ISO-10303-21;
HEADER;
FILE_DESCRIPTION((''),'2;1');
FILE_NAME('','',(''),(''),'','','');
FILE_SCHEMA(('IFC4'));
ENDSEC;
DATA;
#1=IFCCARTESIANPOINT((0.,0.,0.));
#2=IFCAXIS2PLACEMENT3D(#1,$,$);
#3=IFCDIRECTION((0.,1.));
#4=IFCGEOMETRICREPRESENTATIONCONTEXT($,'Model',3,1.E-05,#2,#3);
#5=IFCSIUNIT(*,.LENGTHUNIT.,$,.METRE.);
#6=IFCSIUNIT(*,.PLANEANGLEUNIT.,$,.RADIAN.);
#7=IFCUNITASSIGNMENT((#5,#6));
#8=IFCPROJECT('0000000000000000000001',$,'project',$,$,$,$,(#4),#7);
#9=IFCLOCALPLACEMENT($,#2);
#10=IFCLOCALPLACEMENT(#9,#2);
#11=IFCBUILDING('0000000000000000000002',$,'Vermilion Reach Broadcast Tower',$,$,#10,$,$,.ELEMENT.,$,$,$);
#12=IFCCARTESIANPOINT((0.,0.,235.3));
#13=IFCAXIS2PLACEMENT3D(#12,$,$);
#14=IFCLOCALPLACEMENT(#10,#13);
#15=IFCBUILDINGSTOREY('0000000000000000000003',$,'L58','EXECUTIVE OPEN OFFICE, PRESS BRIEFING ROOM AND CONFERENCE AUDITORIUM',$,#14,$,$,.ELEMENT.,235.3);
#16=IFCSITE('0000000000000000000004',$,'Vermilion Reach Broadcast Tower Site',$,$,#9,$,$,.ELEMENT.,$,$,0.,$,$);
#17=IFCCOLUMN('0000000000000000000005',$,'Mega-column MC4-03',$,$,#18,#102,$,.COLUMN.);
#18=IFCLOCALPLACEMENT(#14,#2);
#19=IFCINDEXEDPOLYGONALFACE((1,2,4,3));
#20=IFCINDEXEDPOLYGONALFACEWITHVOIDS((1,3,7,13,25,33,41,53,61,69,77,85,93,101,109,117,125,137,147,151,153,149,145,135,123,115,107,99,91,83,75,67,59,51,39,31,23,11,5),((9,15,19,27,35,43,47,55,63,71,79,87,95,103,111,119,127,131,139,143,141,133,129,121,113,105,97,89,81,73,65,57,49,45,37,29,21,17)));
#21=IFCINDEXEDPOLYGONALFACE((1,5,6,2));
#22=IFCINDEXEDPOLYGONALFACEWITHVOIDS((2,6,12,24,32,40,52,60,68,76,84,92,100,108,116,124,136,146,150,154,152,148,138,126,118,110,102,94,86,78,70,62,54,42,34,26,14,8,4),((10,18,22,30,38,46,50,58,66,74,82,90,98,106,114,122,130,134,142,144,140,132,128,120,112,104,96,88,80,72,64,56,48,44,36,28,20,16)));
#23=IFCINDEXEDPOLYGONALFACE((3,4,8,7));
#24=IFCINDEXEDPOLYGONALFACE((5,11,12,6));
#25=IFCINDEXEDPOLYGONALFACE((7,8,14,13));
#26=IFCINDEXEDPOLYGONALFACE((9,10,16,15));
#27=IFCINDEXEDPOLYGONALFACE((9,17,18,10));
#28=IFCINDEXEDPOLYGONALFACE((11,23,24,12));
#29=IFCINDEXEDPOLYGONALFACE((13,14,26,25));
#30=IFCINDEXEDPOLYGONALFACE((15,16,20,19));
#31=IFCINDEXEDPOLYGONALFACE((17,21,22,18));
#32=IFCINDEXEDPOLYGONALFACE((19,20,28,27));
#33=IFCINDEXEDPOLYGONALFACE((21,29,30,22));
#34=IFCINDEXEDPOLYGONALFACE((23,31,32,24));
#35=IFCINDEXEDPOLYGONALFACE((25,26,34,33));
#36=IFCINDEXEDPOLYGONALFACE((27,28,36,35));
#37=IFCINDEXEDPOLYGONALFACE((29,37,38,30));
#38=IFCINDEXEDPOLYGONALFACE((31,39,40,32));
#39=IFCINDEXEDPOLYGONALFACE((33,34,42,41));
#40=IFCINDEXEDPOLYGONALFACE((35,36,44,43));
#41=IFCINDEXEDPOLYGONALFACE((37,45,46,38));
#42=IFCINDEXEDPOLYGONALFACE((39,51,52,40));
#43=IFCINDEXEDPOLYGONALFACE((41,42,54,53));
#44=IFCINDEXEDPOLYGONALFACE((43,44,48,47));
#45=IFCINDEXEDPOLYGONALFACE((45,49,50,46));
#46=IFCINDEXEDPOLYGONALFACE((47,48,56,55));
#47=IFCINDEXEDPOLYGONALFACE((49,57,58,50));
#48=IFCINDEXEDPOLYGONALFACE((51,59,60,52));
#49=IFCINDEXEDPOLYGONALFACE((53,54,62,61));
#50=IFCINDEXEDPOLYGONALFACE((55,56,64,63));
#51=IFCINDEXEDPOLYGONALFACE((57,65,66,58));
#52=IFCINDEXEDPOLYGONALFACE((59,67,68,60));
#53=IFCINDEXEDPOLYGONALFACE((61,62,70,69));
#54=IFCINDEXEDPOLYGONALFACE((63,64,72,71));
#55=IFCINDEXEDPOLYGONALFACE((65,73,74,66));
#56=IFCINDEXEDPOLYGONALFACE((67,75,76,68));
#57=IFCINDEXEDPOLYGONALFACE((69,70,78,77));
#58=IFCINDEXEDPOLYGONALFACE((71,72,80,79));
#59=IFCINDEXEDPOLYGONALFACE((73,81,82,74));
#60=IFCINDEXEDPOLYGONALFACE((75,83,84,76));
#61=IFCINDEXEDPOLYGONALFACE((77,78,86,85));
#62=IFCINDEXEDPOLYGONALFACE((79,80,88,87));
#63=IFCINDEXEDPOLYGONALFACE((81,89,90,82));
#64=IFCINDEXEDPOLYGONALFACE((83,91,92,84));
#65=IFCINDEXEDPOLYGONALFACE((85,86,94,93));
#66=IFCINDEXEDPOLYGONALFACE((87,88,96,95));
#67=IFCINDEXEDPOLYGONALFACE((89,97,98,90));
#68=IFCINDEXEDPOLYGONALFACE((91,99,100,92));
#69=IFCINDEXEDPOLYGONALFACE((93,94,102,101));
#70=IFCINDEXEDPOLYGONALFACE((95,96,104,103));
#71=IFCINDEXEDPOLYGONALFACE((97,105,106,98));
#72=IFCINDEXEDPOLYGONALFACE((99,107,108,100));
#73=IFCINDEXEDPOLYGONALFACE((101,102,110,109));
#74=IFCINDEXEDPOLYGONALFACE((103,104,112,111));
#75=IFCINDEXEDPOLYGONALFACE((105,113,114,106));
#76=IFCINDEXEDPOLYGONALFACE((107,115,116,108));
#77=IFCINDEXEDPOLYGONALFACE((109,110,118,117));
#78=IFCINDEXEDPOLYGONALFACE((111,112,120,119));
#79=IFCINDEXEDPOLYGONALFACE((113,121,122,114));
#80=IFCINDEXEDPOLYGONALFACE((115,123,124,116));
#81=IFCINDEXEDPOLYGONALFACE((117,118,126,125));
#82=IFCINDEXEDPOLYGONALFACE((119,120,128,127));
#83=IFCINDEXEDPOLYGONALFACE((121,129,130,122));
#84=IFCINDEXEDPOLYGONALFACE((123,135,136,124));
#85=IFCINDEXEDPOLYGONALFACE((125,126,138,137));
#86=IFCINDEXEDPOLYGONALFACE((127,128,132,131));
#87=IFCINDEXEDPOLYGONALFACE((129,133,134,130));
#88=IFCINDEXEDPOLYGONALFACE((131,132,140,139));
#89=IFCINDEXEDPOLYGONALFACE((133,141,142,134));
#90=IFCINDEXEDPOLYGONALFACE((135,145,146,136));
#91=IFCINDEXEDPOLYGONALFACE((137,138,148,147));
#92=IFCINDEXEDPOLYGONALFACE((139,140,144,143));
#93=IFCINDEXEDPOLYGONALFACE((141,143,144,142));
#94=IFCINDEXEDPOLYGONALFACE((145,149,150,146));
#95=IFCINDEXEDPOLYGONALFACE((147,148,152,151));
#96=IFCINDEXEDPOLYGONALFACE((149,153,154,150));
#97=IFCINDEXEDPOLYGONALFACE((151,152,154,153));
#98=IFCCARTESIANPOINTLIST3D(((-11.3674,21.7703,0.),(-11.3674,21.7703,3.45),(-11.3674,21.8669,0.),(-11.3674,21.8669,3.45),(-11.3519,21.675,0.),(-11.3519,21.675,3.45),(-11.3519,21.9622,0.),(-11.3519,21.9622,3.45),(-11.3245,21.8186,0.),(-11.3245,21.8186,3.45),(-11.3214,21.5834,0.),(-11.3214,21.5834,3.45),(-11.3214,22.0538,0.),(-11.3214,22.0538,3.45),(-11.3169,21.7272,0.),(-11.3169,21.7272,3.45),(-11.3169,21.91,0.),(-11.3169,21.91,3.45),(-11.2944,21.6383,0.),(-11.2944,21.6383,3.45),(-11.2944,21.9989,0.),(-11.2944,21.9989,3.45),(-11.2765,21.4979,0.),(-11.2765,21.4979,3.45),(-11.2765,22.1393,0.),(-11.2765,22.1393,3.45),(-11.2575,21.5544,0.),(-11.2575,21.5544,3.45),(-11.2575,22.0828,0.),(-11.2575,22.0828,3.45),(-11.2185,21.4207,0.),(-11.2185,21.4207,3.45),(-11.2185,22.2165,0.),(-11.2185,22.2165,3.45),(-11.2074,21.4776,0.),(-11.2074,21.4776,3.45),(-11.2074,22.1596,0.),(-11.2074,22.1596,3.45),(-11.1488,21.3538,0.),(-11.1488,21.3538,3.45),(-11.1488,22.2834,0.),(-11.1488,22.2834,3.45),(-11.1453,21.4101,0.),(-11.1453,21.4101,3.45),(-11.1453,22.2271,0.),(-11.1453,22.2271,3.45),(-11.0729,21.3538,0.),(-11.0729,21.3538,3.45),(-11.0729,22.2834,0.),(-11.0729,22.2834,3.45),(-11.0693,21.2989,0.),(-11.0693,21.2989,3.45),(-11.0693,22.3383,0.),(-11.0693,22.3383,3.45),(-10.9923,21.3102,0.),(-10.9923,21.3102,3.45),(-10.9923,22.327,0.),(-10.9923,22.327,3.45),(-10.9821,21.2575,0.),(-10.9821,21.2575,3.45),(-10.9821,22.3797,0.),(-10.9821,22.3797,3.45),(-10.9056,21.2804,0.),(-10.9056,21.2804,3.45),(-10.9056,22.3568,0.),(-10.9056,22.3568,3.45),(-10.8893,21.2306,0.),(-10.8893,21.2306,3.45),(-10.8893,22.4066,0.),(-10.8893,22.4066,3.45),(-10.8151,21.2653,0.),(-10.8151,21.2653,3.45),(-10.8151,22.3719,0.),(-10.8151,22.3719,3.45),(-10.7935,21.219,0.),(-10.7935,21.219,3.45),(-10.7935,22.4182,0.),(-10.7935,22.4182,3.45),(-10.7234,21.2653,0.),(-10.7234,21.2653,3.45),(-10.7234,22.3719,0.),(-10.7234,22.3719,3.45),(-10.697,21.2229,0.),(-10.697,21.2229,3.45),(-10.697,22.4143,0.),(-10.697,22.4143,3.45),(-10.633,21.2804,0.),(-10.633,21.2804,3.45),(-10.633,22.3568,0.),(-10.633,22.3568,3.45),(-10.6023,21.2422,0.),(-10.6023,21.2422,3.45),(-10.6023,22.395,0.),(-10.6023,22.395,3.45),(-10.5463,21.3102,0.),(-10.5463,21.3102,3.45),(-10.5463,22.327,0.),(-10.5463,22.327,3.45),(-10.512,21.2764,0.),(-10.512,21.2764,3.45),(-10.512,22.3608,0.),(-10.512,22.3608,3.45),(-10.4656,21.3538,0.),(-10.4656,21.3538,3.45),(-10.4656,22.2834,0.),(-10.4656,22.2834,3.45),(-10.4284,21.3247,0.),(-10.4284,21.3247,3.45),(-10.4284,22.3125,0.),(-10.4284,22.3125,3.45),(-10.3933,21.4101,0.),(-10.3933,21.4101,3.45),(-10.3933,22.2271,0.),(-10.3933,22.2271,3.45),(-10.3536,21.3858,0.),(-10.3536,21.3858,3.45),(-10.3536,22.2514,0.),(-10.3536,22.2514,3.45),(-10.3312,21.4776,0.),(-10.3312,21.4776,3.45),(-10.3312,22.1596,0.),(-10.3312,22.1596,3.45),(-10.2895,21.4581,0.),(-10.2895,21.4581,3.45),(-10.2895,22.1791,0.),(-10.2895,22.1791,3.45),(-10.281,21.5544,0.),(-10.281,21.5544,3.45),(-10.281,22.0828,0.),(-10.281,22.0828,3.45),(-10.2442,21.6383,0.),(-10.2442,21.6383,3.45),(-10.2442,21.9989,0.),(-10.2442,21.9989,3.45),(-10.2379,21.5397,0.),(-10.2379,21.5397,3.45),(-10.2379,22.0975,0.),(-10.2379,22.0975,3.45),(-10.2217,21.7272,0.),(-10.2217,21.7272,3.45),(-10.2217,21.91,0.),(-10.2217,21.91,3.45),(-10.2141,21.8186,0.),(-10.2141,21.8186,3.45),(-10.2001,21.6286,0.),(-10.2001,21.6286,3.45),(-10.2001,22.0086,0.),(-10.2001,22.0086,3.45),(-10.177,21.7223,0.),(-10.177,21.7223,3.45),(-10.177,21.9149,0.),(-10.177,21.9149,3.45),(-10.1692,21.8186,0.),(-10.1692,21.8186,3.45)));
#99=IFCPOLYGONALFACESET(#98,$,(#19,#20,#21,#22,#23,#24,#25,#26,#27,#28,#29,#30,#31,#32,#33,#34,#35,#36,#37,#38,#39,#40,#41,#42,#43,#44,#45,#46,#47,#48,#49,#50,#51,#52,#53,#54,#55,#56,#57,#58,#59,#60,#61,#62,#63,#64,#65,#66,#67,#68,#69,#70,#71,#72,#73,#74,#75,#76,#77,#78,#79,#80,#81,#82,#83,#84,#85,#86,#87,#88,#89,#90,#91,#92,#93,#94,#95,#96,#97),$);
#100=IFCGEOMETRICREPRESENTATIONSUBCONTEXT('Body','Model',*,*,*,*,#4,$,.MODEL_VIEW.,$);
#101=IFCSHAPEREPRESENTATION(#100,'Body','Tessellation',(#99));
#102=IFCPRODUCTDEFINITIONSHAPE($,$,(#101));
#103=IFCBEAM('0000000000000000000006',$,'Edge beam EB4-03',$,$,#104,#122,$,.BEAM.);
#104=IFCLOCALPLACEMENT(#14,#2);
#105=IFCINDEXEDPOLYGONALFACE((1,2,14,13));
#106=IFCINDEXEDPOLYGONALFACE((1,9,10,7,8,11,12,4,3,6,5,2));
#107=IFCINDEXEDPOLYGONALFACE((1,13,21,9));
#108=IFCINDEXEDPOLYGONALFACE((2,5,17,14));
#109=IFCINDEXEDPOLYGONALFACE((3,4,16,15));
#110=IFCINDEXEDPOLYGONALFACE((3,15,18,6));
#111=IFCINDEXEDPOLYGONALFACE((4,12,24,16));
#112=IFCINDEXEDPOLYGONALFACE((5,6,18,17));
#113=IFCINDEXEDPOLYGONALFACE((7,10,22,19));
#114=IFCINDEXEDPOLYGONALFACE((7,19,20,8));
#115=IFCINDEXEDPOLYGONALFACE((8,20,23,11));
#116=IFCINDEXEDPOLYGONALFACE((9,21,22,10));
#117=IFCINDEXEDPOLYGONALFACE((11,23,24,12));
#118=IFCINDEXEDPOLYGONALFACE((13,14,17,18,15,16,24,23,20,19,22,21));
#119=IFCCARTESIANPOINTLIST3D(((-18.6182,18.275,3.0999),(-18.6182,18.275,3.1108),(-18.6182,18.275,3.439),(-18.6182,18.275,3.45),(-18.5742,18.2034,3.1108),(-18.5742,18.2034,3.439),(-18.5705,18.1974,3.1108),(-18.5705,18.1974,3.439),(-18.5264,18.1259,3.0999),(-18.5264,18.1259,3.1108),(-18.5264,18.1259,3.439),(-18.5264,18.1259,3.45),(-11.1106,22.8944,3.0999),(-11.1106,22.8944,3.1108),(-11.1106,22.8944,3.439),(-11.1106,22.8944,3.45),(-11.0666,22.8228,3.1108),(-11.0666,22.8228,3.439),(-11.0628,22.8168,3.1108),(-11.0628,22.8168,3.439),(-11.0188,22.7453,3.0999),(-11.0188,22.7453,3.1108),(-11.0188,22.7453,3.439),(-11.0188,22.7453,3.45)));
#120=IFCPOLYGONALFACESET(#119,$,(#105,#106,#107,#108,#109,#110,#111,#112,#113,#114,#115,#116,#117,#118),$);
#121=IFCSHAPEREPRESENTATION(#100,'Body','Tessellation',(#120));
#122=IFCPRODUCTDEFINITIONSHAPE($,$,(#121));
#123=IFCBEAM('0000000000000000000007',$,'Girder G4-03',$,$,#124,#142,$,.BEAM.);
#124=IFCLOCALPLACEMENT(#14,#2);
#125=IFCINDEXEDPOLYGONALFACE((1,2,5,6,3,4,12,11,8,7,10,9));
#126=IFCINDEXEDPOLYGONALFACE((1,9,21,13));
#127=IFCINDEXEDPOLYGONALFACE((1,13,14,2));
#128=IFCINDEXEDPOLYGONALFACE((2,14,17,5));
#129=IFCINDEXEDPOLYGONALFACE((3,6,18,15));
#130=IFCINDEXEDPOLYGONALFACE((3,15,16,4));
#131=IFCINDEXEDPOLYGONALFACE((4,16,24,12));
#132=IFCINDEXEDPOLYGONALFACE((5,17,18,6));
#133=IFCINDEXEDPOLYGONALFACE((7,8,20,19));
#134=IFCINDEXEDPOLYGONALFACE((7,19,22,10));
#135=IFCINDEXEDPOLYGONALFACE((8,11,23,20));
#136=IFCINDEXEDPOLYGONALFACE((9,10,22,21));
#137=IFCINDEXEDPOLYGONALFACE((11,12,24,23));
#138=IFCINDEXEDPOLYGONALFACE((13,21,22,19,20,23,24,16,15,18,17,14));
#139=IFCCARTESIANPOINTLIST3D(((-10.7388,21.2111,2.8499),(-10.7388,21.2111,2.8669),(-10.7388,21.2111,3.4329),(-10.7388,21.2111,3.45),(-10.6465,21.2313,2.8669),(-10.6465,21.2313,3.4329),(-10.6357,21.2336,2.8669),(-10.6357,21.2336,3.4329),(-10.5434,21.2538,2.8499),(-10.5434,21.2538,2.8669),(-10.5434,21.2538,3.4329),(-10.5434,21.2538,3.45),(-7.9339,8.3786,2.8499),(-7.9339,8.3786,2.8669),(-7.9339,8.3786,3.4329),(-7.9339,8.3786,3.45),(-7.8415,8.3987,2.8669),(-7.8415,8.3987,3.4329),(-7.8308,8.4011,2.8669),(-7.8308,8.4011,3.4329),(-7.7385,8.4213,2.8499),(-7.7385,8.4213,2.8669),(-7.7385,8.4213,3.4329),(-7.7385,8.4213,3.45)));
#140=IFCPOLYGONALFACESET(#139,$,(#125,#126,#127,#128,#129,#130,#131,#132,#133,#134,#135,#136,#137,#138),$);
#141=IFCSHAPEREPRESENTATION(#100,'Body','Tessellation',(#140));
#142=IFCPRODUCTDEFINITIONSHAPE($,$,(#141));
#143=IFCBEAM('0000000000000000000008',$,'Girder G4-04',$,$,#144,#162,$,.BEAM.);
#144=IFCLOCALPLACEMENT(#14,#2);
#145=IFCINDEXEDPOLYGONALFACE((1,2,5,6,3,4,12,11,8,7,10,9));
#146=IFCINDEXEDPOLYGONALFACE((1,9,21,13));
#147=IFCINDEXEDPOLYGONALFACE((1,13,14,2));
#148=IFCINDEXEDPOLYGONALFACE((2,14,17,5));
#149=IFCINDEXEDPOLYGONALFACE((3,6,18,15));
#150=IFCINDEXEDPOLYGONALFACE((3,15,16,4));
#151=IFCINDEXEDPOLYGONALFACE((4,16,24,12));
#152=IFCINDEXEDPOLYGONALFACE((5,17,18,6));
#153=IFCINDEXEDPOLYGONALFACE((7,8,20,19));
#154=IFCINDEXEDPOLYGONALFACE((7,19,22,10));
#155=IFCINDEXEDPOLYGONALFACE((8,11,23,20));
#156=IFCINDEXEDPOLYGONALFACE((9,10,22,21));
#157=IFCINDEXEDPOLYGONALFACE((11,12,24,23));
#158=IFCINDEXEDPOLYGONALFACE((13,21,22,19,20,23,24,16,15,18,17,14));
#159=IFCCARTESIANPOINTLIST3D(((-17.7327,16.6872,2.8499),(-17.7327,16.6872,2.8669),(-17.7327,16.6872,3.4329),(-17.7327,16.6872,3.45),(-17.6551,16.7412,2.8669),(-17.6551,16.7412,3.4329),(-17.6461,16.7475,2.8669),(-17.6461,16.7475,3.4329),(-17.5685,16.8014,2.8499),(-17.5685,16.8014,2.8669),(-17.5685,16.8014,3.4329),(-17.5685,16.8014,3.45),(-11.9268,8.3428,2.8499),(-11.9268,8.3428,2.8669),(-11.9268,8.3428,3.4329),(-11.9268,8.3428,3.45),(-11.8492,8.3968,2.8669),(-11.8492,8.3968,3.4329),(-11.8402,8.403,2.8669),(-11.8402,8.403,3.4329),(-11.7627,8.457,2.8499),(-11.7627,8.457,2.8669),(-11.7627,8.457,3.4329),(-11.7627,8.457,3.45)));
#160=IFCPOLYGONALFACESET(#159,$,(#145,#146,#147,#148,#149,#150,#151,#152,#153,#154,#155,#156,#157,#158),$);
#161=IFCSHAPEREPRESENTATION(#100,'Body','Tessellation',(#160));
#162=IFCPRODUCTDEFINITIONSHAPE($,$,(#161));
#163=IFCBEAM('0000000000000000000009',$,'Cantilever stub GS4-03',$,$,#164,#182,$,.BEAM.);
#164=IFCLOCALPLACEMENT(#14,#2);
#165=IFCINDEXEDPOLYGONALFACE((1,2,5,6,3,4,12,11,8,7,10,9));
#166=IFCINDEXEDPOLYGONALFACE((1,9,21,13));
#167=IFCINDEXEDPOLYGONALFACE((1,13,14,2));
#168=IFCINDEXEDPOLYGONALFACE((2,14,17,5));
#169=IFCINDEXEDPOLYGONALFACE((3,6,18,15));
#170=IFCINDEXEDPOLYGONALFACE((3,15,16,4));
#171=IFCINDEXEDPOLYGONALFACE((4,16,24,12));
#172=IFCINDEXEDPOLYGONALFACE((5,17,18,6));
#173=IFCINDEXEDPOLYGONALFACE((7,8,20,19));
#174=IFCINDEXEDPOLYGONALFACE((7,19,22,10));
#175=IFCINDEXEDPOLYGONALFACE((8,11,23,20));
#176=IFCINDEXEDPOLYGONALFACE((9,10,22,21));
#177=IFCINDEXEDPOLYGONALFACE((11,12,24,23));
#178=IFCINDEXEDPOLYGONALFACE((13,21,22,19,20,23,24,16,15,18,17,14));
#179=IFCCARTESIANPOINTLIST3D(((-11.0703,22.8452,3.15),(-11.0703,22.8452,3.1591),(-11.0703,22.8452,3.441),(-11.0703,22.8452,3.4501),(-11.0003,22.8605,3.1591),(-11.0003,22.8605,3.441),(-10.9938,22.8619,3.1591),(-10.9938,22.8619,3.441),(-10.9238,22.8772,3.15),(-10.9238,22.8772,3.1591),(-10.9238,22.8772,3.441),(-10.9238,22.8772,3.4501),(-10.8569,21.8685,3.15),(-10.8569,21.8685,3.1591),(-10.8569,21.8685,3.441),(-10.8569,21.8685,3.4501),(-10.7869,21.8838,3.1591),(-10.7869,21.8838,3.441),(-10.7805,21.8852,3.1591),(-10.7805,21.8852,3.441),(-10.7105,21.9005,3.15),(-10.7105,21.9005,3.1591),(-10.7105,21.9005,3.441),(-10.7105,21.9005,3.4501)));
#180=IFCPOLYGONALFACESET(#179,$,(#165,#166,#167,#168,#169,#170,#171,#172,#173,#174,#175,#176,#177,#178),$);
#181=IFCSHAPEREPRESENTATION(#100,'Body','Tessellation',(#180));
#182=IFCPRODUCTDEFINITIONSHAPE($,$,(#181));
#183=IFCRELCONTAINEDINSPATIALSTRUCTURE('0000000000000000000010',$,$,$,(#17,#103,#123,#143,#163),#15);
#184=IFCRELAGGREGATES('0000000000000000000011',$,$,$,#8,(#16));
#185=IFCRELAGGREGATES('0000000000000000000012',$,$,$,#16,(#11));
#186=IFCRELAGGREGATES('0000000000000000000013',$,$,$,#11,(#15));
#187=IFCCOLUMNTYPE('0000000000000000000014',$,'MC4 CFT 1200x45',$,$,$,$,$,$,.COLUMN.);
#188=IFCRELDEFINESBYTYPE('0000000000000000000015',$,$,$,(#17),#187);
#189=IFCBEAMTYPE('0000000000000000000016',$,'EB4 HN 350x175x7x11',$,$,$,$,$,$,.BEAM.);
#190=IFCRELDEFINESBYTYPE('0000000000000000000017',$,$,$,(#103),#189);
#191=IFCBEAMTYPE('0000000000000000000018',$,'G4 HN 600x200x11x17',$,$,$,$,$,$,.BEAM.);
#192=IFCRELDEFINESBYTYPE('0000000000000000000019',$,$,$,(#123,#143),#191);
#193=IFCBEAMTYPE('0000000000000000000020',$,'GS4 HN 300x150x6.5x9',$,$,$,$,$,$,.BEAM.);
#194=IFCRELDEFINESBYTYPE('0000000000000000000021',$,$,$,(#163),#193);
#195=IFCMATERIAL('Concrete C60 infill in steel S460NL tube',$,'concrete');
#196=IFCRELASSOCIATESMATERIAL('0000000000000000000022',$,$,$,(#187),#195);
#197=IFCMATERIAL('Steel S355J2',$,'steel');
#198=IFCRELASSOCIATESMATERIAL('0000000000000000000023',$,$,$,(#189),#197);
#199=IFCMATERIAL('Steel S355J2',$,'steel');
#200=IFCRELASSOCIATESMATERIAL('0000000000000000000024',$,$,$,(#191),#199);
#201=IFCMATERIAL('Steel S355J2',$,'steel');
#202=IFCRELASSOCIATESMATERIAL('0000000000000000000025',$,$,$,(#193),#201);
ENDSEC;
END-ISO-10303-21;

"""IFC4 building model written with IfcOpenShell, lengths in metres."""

from ifc_helpers import new_model, si_unit, direction, frame, origin, origin_2d, place, context, subcontext, project, spatial, hollow_circle, i_section, extrude, material, material_profile, profile_set, type_object, element, save


model = new_model("IFC4")

# Units and contexts
model_context = context("Model", 3, precision=1e-05, world=origin(), true_north=direction((0.0, 1.0)))
body_context = subcontext(model_context, "Body", "Model", "MODEL_VIEW")
ifc_project = project(units=[si_unit("LENGTHUNIT", "METRE"), si_unit("PLANEANGLEUNIT", "RADIAN")], contexts=[model_context])

# Site, building, storey
site_placement = place(None, origin())
site = spatial("IfcSite", under=ifc_project, at=site_placement, Name="Vermilion Reach Broadcast Tower Site", CompositionType="ELEMENT", RefElevation=0.0)
building_placement = place(site_placement, origin())
building = spatial("IfcBuilding", under=site, at=building_placement, Name="Vermilion Reach Broadcast Tower", CompositionType="ELEMENT")
storey_placement = place(building_placement, frame((0.0, 0.0, 235.3)))
storey = spatial("IfcBuildingStorey", under=building, at=storey_placement, Name="L58", Description="EXECUTIVE OPEN OFFICE, PRESS BRIEFING ROOM AND CONFERENCE AUDITORIUM", CompositionType="ELEMENT", Elevation=235.3)

# Column
ifc_material_1 = material(Name="Concrete C60 infill in steel S460NL tube", Category="concrete")
ifc_material_profile_1 = material_profile(ifc_material_1, hollow_circle(Radius=0.6001, WallThickness=0.0449, at=origin_2d()), Name="Concrete C60 infill in steel S460NL tube CFT 1200x45")
ifc_profile_set_1 = profile_set([ifc_material_profile_1], Name="Concrete C60 infill in steel S460NL tube")
column_type = type_object("IfcColumnType", Name="MC4 CFT 1200x45", PredefinedType="COLUMN", material=ifc_profile_set_1)
column_placement = place(storey_placement, frame((-10.7693, 21.8186, 0.0), z_axis=(0.0, 0.0, 1.0), x_axis=(1.0, 0.0, 0.0)))
element("IfcColumn", 1, at=column_placement, inside=storey, type_object=column_type, Name="Mega-column MC4-03", PredefinedType="COLUMN", context=body_context, shape_type="SweptSolid", body=[
    extrude(hollow_circle(Radius=0.6001, WallThickness=0.0449, at=origin_2d()), origin(), (0.0, 0.0, 1.0), 3.45),
])

# Beams
ifc_material_2 = material(Name="Steel S355J2", Category="steel")
ifc_material_profile_2 = material_profile(ifc_material_2, i_section(OverallWidth=0.175, OverallDepth=0.3501, WebThickness=0.0071, FlangeThickness=0.011, at=origin_2d()), Name="S355J2 HN 350x175x7x11")
ifc_profile_set_2 = profile_set([ifc_material_profile_2], Name="Steel S355J2")
beam_type_1 = type_object("IfcBeamType", Name="EB4 HN 350x175x7x11", PredefinedType="BEAM", material=ifc_profile_set_2)
beam_1_placement = place(storey_placement, frame((-11.0647, 22.8198, 3.2749), z_axis=(-0.851692, -0.524043, 0.0), x_axis=(0.524043, -0.851692, 0.0)))
element("IfcBeam", 2, at=beam_1_placement, inside=storey, type_object=beam_type_1, Name="Edge beam EB4-03", PredefinedType="BEAM", context=body_context, shape_type="SweptSolid", body=[
    extrude(i_section(OverallWidth=0.175, OverallDepth=0.3501, WebThickness=0.0071, FlangeThickness=0.011, at=origin_2d()), origin(), (0.0, 0.0, 1.0), 8.8149),
])
ifc_material_3 = material(Name="Steel S355J2", Category="steel")
ifc_material_profile_3 = material_profile(ifc_material_3, i_section(OverallWidth=0.2, OverallDepth=0.6001, WebThickness=0.011, FlangeThickness=0.0171, at=origin_2d()), Name="S355J2 HN 600x200x11x17")
ifc_profile_set_3 = profile_set([ifc_material_profile_3], Name="Steel S355J2")
beam_type_2 = type_object("IfcBeamType", Name="G4 HN 600x200x11x17", PredefinedType="BEAM", material=ifc_profile_set_3)
beam_2_placement = place(storey_placement, frame((-7.8362, 8.3999, 3.1499), z_axis=(-0.213538, 0.976935, 0.0), x_axis=(-0.976935, -0.213538, 0.0)))
element("IfcBeam", 3, at=beam_2_placement, inside=storey, type_object=beam_type_2, Name="Girder G4-03", PredefinedType="BEAM", context=body_context, shape_type="SweptSolid", body=[
    extrude(i_section(OverallWidth=0.2, OverallDepth=0.6001, WebThickness=0.011, FlangeThickness=0.0171, at=origin_2d()), origin(), (0.0, 0.0, 1.0), 13.1355),
])
beam_3_placement = place(storey_placement, frame((-11.8447, 8.3999, 3.1499), z_axis=(-0.571134, 0.820857, 0.0), x_axis=(-0.820857, -0.571134, 0.0)))
element("IfcBeam", 4, at=beam_3_placement, inside=storey, type_object=beam_type_2, Name="Girder G4-04", PredefinedType="BEAM", context=body_context, shape_type="SweptSolid", body=[
    extrude(i_section(OverallWidth=0.2, OverallDepth=0.6001, WebThickness=0.011, FlangeThickness=0.0171, at=origin_2d()), origin(), (0.0, 0.0, 1.0), 10.1655),
])
ifc_material_4 = material(Name="Steel S355J2", Category="steel")
ifc_material_profile_4 = material_profile(ifc_material_4, i_section(OverallWidth=0.1499, OverallDepth=0.3, WebThickness=0.0066, FlangeThickness=0.009, at=origin_2d()), Name="S355J2 HN 300x150x6.5x9")
ifc_profile_set_4 = profile_set([ifc_material_profile_4], Name="Steel S355J2")
beam_type_3 = type_object("IfcBeamType", Name="GS4 HN 300x150x6.5x9", PredefinedType="BEAM", material=ifc_profile_set_4)
beam_4_placement = place(storey_placement, frame((-10.7837, 21.8845, 3.3), z_axis=(-0.213413, 0.976962, 0.0), x_axis=(-0.976962, -0.213413, 0.0)))
element("IfcBeam", 5, at=beam_4_placement, inside=storey, type_object=beam_type_3, Name="Cantilever stub GS4-03", PredefinedType="BEAM", context=body_context, shape_type="SweptSolid", body=[
    extrude(i_section(OverallWidth=0.1499, OverallDepth=0.3, WebThickness=0.0066, FlangeThickness=0.009, at=origin_2d()), origin(), (0.0, 0.0, 1.0), 0.9998),
])

save(model, "model.ifc")
